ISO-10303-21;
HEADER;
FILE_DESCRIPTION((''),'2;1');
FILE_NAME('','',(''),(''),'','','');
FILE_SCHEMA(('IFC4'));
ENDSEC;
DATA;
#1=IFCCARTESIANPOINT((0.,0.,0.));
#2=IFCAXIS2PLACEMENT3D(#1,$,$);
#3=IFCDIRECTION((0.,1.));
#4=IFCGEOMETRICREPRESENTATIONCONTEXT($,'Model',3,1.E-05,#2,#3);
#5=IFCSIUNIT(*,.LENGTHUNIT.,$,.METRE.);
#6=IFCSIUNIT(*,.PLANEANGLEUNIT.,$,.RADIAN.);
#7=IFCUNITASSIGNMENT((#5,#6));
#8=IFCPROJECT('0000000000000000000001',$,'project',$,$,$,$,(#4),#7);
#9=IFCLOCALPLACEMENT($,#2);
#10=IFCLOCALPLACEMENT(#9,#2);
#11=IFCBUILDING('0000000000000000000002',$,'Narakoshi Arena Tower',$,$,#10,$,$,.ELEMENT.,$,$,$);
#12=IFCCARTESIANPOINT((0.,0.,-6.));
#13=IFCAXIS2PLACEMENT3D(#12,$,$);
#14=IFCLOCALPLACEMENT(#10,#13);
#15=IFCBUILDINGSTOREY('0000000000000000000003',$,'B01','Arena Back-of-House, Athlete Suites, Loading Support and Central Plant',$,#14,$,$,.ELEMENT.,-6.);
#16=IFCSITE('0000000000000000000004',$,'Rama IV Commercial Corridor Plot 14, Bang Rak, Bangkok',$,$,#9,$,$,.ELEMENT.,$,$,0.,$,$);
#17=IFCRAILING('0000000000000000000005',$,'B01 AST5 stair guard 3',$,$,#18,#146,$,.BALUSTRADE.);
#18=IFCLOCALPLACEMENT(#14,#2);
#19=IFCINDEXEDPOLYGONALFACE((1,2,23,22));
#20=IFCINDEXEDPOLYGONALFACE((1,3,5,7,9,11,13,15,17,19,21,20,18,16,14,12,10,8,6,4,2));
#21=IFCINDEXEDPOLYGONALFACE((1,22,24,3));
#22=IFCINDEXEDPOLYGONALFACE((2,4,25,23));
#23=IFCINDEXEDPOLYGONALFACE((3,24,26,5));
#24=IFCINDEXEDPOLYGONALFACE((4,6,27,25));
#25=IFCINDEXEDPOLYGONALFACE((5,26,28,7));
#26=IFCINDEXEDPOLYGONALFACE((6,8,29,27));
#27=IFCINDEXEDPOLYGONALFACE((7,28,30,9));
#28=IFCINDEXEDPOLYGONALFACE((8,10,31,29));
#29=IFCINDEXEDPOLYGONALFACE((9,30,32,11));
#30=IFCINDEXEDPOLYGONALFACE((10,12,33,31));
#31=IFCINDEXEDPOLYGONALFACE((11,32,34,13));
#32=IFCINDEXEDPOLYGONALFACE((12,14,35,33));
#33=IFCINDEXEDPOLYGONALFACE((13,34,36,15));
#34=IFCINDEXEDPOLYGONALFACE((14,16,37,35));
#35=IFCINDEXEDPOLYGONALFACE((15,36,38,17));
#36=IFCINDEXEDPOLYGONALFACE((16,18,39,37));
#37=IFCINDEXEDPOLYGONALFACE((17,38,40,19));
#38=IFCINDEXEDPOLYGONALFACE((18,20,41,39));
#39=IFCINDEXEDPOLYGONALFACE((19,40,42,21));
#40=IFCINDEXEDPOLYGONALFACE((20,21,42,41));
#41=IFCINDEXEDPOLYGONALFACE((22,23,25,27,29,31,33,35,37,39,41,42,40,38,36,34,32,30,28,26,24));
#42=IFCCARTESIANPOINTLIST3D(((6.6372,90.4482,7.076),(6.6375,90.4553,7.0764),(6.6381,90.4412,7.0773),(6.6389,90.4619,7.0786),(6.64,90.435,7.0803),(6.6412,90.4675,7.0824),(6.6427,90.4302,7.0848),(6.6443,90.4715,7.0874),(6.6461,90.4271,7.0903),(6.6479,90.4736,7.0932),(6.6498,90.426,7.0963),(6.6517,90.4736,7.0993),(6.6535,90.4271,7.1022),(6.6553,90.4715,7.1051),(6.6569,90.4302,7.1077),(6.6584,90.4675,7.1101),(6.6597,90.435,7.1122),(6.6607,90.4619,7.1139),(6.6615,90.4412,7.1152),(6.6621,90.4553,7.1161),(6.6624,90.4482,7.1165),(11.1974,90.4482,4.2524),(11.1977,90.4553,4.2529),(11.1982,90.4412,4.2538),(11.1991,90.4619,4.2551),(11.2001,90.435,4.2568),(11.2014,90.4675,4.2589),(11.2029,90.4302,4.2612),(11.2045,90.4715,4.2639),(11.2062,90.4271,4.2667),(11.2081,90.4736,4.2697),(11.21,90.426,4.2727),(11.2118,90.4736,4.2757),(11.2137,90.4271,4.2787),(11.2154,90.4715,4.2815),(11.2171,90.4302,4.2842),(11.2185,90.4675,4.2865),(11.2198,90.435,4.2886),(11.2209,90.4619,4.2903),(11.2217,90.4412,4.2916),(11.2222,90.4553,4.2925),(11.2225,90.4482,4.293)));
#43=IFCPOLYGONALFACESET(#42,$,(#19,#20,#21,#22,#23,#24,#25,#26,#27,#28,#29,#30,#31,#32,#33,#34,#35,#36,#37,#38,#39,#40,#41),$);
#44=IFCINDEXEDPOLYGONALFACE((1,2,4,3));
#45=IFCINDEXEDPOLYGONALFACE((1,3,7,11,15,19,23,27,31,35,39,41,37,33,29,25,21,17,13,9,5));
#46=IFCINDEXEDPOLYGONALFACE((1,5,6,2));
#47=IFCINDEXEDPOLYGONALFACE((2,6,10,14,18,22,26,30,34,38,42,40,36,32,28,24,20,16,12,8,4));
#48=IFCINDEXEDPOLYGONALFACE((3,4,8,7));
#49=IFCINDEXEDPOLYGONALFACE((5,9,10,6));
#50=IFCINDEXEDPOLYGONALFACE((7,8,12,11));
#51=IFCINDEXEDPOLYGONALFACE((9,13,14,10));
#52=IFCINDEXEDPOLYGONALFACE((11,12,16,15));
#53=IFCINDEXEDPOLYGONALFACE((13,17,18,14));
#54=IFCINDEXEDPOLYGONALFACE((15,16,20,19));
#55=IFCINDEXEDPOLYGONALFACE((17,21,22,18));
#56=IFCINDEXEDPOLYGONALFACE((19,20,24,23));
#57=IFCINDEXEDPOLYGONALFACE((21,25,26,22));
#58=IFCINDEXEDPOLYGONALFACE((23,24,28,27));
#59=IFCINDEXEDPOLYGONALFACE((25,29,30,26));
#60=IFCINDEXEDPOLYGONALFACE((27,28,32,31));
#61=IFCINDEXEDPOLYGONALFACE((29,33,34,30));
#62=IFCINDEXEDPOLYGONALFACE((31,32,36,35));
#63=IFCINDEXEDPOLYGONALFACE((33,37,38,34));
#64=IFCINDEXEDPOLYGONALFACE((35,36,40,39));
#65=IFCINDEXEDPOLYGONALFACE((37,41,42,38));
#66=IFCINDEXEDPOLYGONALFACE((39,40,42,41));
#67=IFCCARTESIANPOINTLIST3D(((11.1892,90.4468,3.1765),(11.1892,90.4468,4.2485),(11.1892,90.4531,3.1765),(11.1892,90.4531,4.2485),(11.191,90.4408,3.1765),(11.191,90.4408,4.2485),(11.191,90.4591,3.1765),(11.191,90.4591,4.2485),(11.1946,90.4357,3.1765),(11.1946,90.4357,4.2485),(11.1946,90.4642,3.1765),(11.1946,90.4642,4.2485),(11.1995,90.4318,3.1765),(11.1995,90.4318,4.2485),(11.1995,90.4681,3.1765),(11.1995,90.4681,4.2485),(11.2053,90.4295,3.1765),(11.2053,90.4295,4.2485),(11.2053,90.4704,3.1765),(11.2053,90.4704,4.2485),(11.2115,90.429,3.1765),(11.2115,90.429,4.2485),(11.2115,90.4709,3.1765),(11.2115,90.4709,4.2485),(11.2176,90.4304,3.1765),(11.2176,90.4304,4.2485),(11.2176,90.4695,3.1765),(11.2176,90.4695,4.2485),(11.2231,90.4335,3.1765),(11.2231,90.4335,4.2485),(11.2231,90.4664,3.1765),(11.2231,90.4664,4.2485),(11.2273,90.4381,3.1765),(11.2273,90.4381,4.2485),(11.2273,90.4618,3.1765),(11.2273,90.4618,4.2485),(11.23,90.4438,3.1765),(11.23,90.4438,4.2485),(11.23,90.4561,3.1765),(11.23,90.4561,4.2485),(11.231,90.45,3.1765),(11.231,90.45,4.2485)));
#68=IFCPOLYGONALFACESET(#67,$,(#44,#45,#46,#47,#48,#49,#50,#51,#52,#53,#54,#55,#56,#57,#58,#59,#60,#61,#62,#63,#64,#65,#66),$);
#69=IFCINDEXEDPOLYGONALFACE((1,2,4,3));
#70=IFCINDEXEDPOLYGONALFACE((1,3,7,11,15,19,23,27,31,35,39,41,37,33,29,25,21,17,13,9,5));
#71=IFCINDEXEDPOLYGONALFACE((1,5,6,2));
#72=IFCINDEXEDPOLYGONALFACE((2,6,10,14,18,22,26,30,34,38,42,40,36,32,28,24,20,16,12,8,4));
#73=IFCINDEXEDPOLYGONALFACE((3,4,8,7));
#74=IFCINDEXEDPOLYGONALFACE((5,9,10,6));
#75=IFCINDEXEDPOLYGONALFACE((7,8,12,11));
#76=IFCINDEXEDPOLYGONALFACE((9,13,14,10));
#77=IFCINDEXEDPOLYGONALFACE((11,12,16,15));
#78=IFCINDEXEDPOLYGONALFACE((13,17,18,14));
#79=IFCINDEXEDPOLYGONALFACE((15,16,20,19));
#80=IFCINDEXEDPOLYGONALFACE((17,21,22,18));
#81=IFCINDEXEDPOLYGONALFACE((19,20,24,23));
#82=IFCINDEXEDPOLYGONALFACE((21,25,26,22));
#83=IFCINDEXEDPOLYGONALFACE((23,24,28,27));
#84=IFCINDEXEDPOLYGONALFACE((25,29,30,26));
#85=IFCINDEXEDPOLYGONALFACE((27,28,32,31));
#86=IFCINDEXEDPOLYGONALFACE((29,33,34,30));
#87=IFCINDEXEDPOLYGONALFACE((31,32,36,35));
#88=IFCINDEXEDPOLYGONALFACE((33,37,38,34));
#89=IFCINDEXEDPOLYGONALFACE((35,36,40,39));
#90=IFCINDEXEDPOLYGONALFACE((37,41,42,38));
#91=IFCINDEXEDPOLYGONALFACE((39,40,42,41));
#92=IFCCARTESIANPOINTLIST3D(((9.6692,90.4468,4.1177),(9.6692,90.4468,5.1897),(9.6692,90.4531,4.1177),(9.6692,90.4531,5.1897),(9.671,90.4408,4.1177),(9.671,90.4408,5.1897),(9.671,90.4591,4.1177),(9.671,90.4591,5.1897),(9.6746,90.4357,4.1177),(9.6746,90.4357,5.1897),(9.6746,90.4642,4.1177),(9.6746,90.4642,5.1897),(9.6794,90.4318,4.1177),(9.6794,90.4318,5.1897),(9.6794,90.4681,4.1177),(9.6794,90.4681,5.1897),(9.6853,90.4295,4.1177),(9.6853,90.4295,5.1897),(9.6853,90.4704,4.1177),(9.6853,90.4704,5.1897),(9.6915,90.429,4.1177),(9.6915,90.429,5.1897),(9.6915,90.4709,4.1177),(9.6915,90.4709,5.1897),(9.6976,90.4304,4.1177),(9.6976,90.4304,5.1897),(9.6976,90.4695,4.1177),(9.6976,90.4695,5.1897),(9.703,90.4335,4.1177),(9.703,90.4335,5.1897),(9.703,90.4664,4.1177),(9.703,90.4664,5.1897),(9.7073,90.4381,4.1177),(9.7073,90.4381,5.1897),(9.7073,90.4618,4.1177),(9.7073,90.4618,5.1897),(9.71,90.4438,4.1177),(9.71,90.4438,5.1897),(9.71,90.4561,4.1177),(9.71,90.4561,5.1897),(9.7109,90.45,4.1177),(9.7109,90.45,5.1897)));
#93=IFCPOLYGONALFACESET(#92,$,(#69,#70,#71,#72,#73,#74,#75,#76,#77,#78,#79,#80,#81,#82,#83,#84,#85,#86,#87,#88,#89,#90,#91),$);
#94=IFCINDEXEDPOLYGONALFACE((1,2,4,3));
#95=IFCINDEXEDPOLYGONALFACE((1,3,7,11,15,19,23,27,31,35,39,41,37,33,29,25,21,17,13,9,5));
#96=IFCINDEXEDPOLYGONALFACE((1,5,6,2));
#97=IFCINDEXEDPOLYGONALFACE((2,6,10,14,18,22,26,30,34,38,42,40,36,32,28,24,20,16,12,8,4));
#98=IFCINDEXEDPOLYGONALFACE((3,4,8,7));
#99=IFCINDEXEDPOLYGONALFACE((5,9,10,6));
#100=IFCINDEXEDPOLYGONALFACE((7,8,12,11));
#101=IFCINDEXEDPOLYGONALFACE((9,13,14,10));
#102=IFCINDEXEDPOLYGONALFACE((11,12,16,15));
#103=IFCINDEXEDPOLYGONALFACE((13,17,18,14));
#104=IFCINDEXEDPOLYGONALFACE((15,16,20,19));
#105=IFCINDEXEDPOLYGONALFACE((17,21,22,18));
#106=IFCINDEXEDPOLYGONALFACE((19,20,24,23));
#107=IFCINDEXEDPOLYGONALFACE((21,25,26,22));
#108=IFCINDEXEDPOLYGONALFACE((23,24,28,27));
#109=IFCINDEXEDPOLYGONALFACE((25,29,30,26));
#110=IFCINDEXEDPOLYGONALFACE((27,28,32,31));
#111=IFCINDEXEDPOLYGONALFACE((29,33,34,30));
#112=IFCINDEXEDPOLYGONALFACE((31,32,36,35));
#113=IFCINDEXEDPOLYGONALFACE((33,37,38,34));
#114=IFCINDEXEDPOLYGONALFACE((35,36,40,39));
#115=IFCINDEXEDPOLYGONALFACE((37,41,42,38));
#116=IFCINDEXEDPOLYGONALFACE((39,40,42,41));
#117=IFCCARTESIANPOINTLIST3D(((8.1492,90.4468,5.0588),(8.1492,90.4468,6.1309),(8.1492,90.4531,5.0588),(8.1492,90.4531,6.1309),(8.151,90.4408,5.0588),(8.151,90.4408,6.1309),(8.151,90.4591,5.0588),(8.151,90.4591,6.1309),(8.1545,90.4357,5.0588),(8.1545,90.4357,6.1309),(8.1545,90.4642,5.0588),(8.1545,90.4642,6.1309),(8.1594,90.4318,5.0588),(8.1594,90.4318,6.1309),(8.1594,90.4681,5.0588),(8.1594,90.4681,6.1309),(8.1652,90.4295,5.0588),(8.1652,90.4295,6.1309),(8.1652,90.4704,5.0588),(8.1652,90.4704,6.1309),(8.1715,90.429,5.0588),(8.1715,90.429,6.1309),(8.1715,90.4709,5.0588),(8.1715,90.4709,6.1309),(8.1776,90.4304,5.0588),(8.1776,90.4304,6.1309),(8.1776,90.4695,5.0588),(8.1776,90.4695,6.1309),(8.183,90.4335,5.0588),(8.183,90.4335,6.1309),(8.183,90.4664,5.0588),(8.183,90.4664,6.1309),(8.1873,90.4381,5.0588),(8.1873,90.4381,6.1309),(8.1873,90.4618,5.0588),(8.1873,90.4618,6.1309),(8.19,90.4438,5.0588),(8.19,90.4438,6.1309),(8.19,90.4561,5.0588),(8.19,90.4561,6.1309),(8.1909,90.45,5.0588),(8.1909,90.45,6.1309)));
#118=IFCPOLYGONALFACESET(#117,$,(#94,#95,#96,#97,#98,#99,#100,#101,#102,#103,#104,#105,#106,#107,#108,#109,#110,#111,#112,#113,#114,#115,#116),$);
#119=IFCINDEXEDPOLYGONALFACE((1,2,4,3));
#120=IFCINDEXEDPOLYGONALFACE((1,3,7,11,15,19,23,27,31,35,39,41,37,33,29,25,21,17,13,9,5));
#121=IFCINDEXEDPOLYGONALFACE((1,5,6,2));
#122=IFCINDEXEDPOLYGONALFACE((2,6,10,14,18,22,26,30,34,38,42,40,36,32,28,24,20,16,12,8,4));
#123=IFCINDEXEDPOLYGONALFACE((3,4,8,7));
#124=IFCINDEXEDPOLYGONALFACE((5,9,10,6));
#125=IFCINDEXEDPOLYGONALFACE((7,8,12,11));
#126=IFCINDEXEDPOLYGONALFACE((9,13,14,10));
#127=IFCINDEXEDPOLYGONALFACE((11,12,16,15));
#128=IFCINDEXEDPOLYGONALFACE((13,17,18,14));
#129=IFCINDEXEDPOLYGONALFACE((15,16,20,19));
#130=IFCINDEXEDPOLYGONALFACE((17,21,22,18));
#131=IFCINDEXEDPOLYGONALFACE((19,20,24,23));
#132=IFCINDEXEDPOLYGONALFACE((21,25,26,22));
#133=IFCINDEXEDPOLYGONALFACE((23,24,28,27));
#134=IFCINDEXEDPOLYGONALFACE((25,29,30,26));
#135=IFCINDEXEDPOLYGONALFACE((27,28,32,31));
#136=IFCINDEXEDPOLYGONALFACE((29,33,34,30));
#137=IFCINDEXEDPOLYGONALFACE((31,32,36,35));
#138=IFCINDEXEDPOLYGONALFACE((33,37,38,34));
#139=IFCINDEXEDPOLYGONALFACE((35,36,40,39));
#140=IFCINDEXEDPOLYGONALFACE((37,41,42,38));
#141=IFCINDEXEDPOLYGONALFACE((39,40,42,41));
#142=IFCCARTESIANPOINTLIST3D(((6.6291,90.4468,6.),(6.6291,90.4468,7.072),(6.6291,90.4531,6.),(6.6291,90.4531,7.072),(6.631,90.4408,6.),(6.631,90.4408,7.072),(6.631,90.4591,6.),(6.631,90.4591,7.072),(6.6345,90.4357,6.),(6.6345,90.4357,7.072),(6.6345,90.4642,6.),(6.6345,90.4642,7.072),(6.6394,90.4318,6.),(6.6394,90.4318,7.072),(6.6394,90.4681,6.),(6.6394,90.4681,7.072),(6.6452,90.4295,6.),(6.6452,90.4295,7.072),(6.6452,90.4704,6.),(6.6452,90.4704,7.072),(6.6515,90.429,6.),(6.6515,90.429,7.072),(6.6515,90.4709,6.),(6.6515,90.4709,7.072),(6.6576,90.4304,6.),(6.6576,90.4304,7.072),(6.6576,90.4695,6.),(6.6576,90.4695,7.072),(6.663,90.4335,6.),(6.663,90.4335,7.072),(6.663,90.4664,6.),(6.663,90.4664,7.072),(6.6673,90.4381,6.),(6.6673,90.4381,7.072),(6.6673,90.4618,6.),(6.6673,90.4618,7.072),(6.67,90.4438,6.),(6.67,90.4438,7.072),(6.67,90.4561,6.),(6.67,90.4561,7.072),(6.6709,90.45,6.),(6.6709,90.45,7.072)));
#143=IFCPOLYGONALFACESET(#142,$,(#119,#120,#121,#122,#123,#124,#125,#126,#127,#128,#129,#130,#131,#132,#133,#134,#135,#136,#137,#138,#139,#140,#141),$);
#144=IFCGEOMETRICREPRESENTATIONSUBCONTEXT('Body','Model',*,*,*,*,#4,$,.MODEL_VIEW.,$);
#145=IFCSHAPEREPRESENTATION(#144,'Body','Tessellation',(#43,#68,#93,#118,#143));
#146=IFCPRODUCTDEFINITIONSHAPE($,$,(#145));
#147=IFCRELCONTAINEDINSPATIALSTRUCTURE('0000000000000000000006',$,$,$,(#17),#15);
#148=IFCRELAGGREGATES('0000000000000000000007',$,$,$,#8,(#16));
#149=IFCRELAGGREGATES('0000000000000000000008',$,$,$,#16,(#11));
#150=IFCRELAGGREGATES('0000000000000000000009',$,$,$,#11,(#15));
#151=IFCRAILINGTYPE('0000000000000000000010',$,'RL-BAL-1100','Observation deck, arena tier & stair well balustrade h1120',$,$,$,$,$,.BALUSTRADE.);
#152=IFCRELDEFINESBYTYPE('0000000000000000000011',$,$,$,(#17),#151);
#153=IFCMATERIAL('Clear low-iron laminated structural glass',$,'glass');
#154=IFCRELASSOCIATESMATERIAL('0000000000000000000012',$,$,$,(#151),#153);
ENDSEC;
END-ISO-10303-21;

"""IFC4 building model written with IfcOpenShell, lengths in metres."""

from ifc_helpers import new_model, si_unit, direction, frame, origin, origin_2d, place, context, subcontext, project, spatial, circle, extrude, material, type_object, element, save


model = new_model("IFC4")

# Units and contexts
model_context = context("Model", 3, precision=1e-05, world=origin(), true_north=direction((0.0, 1.0)))
body_context = subcontext(model_context, "Body", "Model", "MODEL_VIEW")
ifc_project = project(units=[si_unit("LENGTHUNIT", "METRE"), si_unit("PLANEANGLEUNIT", "RADIAN")], contexts=[model_context])

# Site, building, storey
site_placement = place(None, origin())
site = spatial("IfcSite", under=ifc_project, at=site_placement, Name="Rama IV Commercial Corridor Plot 14, Bang Rak, Bangkok", CompositionType="ELEMENT", RefElevation=0.0)
building_placement = place(site_placement, origin())
building = spatial("IfcBuilding", under=site, at=building_placement, Name="Narakoshi Arena Tower", CompositionType="ELEMENT")
storey_placement = place(building_placement, frame((0.0, 0.0, -6.0)))
storey = spatial("IfcBuildingStorey", under=building, at=storey_placement, Name="B01", Description="Arena Back-of-House, Athlete Suites, Loading Support and Central Plant", CompositionType="ELEMENT", Elevation=-6.0)

# Railing
ifc_material_1 = material(Name="Clear low-iron laminated structural glass", Category="glass")
railing_type_1 = type_object("IfcRailingType", Name="RL-BAL-1100", Description="Observation deck, arena tier & stair well balustrade h1120", PredefinedType="BALUSTRADE", material=ifc_material_1)
railing_1_placement = place(storey_placement, frame((11.21, 90.45, 3.1765)))
element("IfcRailing", 1, at=railing_1_placement, inside=storey, type_object=railing_type_1, Name="B01 AST5 stair guard 3", PredefinedType="BALUSTRADE", context=body_context, shape_type="SweptSolid", body=[
    extrude(circle(Radius=0.0239, at=origin_2d()), frame((0.0, 0.0, 1.0962), z_axis=(-0.850216, 0.0, 0.526435), x_axis=(0.0, -1.0, 0.0)), (0.0, 0.0, 1.0), 5.3635),
    extrude(circle(Radius=0.021, at=origin_2d()), origin(), (0.0, 0.0, 1.0), 1.072),
    extrude(circle(Radius=0.021, at=origin_2d()), frame((-1.52, 0.0, 0.9412)), (0.0, 0.0, 1.0), 1.072),
    extrude(circle(Radius=0.021, at=origin_2d()), frame((-3.04, 0.0, 1.8823)), (0.0, 0.0, 1.0), 1.072),
    extrude(circle(Radius=0.021, at=origin_2d()), frame((-4.5601, 0.0, 2.8235)), (0.0, 0.0, 1.0), 1.072),
])

save(model, "model.ifc")
